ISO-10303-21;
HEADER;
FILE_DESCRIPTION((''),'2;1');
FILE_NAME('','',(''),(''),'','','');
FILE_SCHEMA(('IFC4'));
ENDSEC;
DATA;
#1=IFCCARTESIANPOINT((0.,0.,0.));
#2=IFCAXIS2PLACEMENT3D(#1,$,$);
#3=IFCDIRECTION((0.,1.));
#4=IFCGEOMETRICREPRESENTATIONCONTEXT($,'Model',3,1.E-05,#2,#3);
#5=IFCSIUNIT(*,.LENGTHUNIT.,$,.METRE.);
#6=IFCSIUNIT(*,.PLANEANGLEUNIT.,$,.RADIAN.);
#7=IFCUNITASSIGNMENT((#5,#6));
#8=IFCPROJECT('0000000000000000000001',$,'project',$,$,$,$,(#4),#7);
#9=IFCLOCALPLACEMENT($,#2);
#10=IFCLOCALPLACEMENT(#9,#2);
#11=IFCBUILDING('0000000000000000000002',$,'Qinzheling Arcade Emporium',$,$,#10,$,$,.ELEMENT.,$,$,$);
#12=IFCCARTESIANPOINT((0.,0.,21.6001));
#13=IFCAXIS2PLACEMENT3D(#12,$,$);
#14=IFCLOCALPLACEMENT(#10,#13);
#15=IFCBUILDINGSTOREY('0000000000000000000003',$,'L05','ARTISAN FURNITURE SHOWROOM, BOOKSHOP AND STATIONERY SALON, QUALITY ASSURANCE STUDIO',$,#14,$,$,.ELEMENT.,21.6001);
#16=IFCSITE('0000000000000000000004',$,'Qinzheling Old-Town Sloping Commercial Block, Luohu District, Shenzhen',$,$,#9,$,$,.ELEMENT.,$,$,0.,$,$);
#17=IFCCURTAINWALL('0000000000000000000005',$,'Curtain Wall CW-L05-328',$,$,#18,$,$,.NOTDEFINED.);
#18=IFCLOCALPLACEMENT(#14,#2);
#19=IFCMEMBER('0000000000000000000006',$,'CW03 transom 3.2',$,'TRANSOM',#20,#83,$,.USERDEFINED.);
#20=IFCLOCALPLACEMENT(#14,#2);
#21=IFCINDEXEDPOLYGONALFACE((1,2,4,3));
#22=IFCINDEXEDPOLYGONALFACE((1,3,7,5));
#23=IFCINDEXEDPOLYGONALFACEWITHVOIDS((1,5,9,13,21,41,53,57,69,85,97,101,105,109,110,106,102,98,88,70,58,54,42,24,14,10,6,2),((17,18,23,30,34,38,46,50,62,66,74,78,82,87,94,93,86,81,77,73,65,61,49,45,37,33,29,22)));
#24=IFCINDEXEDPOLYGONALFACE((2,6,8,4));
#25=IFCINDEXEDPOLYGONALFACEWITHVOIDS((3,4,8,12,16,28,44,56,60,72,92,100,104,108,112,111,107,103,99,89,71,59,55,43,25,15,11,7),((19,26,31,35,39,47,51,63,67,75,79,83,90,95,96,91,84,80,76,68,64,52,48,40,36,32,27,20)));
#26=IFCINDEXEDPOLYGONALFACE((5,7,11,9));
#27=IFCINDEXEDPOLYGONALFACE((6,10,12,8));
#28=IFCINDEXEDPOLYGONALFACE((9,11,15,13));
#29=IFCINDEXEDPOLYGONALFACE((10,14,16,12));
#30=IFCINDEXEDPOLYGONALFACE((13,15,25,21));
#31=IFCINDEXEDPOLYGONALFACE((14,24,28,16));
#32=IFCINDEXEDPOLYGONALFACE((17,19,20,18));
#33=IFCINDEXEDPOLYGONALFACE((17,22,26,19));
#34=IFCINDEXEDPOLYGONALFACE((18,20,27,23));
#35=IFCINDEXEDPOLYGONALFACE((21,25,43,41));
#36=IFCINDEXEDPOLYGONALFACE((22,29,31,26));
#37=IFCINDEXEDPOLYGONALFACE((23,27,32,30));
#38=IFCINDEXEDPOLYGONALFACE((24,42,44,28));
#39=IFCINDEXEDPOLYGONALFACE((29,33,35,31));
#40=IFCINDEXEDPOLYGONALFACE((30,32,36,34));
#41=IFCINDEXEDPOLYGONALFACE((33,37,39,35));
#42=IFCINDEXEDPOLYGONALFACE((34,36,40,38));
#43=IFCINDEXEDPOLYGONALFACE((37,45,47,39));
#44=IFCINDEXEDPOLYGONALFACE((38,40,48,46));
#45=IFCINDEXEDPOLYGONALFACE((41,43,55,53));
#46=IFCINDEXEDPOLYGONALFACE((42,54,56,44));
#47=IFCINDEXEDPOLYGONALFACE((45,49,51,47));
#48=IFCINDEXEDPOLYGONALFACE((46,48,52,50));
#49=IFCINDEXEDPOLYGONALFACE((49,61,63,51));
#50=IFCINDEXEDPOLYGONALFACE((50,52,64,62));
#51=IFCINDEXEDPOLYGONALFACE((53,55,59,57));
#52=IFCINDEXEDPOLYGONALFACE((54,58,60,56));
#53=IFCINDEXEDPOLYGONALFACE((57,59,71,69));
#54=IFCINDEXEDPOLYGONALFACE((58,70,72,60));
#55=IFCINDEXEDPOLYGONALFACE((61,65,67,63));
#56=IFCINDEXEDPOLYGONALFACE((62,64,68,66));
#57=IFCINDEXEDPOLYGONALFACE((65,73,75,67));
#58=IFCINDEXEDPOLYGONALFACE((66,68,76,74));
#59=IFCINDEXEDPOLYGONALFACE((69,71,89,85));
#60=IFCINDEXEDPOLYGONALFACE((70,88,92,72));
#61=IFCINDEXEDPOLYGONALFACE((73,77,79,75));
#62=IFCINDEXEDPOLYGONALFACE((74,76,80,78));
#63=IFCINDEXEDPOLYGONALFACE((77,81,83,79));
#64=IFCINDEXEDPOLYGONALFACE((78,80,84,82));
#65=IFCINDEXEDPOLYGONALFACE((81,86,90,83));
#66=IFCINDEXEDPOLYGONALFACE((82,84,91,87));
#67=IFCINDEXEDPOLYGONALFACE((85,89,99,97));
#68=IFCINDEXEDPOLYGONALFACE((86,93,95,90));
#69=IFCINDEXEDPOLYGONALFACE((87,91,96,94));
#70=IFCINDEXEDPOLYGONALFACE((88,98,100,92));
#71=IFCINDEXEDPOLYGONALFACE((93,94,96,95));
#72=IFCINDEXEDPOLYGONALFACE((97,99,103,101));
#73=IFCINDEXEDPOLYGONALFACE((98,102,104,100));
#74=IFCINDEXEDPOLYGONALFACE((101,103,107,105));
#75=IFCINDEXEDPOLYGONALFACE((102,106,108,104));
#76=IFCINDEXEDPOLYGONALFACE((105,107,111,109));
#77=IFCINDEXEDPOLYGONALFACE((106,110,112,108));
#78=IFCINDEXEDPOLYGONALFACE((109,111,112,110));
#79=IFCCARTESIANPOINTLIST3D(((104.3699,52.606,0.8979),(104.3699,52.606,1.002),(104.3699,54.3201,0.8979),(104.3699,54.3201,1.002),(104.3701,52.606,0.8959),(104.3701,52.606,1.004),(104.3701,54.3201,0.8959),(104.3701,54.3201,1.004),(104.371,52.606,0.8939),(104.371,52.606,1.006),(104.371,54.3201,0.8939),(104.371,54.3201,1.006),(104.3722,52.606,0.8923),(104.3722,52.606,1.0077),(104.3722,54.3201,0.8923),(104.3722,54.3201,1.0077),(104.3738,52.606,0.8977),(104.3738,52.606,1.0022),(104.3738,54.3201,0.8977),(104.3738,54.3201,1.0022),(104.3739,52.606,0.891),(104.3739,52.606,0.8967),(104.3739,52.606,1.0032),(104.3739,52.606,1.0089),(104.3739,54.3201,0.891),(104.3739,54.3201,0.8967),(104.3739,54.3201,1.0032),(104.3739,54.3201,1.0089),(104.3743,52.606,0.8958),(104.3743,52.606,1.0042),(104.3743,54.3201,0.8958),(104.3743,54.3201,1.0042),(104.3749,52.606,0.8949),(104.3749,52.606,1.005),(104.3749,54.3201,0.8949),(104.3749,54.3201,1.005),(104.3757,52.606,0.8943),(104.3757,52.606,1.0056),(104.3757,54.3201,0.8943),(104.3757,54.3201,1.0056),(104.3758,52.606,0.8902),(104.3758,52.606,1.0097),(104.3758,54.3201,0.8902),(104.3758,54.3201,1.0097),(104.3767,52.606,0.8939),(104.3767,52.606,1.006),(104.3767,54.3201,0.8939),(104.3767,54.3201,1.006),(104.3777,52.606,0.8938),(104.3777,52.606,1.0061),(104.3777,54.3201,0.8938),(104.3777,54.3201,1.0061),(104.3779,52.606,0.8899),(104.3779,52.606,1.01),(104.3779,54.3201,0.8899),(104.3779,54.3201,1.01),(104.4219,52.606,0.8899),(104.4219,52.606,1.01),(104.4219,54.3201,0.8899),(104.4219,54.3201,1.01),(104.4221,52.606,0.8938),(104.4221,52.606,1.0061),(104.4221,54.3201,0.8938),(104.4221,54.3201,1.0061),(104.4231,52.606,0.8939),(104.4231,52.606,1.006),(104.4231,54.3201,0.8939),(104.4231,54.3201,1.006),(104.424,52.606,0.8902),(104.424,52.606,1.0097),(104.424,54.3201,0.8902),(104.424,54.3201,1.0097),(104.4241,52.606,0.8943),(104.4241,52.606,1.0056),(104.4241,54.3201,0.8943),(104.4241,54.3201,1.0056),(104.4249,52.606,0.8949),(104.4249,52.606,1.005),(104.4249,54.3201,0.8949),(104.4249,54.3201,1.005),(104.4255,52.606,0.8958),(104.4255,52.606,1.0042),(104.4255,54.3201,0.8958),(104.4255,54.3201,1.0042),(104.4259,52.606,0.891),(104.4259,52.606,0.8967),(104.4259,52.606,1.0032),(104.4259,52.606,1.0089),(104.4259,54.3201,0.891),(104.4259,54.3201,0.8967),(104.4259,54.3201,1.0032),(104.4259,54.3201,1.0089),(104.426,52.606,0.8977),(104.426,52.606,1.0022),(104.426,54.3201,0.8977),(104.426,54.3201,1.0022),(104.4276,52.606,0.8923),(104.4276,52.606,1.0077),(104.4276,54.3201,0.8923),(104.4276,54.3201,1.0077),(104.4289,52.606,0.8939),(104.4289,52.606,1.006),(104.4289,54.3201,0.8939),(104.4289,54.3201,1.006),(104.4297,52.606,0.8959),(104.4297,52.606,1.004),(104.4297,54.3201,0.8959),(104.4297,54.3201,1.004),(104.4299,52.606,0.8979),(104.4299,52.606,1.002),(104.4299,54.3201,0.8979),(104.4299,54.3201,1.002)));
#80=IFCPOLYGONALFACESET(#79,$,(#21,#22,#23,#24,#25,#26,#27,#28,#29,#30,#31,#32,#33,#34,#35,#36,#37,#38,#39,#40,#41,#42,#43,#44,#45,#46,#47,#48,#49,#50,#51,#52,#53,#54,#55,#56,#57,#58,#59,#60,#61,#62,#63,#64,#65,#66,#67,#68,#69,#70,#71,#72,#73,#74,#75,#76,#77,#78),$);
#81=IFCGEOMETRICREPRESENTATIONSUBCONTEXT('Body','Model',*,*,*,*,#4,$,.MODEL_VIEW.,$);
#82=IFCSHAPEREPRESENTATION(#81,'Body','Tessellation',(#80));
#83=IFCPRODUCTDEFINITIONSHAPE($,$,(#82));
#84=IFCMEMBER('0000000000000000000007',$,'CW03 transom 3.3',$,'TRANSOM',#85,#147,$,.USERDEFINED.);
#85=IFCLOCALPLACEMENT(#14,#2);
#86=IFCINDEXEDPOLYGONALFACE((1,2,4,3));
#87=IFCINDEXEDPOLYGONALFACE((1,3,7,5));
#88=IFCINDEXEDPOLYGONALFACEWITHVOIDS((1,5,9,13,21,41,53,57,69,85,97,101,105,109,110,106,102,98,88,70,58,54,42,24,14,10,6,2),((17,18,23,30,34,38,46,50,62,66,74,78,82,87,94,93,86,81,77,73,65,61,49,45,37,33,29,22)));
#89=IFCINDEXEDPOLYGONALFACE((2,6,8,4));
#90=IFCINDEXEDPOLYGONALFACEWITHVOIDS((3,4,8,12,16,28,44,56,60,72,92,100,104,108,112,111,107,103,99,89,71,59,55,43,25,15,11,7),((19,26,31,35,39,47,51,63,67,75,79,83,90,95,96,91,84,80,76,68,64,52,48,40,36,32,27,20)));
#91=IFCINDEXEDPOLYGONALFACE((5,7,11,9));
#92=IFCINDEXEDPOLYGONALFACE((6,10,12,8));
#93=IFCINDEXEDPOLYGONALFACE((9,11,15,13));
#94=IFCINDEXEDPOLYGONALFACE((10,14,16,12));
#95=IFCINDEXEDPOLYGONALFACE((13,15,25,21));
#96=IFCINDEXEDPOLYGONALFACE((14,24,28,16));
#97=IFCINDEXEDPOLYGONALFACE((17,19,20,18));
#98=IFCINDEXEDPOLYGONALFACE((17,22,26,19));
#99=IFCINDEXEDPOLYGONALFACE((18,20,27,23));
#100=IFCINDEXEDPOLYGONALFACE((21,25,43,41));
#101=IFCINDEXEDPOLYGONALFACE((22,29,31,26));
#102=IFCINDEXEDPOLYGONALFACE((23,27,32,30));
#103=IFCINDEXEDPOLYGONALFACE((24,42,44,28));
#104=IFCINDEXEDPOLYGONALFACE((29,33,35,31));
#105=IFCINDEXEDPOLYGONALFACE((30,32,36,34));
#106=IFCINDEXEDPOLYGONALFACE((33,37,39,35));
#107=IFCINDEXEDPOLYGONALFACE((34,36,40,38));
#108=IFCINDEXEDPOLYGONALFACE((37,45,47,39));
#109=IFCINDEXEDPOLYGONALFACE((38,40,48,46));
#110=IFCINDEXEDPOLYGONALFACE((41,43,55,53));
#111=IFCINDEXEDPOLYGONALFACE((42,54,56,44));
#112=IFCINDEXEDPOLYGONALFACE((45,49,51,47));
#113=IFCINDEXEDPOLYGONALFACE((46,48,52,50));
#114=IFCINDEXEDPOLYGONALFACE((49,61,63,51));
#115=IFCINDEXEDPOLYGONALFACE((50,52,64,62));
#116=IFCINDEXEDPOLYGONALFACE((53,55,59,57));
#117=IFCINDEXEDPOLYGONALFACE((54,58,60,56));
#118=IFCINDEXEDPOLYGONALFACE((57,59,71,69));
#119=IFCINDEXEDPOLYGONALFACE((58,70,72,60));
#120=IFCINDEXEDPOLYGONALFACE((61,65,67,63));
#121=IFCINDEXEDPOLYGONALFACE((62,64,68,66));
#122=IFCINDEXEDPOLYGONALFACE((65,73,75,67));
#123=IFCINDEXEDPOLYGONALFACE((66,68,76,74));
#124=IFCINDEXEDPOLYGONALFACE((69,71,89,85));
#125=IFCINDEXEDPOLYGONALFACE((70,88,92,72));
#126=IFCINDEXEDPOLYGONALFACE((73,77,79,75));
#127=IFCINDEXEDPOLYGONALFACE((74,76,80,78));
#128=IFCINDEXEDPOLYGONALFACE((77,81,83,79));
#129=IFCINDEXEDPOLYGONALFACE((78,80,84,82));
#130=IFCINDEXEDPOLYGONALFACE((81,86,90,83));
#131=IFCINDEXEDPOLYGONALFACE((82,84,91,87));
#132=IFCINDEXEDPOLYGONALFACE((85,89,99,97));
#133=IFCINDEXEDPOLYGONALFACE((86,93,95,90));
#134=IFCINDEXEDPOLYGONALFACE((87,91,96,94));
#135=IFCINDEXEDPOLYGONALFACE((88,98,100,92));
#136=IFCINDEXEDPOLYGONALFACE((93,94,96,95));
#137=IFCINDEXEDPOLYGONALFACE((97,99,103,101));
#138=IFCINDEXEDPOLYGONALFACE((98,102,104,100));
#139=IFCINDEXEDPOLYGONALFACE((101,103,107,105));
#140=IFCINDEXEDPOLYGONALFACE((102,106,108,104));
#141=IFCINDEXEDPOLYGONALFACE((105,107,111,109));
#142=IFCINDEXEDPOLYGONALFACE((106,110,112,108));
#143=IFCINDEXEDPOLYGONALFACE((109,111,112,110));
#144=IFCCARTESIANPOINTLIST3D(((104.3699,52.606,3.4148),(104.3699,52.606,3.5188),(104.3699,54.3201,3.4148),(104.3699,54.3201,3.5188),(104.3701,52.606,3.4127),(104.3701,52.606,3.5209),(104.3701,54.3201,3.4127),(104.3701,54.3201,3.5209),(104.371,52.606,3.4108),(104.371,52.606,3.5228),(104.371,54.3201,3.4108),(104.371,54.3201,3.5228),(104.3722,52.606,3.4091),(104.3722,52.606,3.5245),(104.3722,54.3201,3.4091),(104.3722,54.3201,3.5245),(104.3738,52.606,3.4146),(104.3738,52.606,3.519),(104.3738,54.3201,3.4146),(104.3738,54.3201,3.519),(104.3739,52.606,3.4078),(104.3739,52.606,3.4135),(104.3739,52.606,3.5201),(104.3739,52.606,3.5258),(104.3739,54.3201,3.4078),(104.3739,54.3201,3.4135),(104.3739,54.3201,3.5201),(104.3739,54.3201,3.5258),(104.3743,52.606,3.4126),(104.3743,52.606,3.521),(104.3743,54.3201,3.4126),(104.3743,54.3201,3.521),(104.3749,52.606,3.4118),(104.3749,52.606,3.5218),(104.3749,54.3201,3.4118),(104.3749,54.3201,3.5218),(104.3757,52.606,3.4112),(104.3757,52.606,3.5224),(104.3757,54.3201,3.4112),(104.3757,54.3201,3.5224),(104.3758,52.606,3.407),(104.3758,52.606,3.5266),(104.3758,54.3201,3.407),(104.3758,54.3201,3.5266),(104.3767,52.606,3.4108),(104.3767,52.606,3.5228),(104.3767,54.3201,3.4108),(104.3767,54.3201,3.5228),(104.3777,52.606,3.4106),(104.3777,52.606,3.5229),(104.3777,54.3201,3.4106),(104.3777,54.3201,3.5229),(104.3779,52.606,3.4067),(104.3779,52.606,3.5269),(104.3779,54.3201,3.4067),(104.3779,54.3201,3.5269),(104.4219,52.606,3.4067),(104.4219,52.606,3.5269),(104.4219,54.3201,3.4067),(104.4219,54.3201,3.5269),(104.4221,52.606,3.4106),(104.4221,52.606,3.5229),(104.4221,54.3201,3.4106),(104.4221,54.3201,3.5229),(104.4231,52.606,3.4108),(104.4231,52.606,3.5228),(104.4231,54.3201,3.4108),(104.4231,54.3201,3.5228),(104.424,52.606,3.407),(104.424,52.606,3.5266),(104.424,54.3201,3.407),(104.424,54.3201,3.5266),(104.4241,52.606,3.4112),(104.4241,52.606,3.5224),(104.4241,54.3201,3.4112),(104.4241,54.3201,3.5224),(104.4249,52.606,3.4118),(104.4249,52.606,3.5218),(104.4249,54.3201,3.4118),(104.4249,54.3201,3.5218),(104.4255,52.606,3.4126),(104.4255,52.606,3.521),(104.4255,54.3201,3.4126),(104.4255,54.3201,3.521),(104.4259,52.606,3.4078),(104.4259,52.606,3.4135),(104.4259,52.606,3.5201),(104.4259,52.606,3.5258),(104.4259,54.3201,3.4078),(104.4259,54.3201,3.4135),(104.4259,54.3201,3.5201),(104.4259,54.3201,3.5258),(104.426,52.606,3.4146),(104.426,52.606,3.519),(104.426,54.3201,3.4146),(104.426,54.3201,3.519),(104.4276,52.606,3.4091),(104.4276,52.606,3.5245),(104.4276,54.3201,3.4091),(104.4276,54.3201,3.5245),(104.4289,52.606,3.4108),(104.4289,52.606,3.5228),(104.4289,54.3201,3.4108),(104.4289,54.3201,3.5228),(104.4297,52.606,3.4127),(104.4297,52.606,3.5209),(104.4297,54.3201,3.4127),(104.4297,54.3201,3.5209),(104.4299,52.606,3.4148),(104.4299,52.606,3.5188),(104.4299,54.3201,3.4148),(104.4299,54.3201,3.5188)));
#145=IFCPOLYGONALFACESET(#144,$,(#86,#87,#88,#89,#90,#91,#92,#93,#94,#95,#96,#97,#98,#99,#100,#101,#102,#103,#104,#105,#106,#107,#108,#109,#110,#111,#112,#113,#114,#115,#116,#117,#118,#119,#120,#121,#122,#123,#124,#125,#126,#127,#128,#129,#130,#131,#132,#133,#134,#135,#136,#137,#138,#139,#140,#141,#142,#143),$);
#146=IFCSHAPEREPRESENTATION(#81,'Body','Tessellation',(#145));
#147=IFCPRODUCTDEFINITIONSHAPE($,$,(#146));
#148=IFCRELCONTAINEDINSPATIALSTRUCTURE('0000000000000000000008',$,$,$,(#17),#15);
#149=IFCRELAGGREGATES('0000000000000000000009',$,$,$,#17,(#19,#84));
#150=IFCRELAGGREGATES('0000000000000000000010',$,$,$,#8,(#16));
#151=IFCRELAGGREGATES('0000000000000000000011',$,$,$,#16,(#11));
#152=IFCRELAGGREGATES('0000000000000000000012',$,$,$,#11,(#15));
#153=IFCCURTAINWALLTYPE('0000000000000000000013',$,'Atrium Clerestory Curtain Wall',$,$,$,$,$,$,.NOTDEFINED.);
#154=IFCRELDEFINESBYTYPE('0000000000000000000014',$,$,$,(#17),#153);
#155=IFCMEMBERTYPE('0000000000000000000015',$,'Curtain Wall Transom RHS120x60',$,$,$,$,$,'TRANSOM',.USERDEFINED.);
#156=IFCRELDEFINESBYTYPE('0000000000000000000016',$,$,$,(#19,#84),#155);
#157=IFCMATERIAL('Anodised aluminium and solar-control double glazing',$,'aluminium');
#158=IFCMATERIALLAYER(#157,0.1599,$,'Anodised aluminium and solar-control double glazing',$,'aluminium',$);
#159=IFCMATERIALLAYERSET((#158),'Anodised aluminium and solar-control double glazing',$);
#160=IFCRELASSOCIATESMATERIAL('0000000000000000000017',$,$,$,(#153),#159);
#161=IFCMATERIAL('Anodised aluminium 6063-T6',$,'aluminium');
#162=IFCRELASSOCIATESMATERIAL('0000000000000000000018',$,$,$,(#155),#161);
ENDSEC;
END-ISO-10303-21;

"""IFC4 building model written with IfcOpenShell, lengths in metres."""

from ifc_helpers import new_model, si_unit, direction, frame, origin, origin_2d, place, context, subcontext, project, spatial, hollow_rectangle, extrude, material, layer, layer_set, material_profile, profile_set, type_object, element, aggregate, save


model = new_model("IFC4")

# Units and contexts
model_context = context("Model", 3, precision=1e-05, world=origin(), true_north=direction((0.0, 1.0)))
body_context = subcontext(model_context, "Body", "Model", "MODEL_VIEW")
ifc_project = project(units=[si_unit("LENGTHUNIT", "METRE"), si_unit("PLANEANGLEUNIT", "RADIAN")], contexts=[model_context])

# Site, building, storey
site_placement = place(None, origin())
site = spatial("IfcSite", under=ifc_project, at=site_placement, Name="Qinzheling Old-Town Sloping Commercial Block, Luohu District, Shenzhen", CompositionType="ELEMENT", RefElevation=0.0)
building_placement = place(site_placement, origin())
building = spatial("IfcBuilding", under=site, at=building_placement, Name="Qinzheling Arcade Emporium", CompositionType="ELEMENT")
storey_placement = place(building_placement, frame((0.0, 0.0, 21.6001)))
storey = spatial("IfcBuildingStorey", under=building, at=storey_placement, Name="L05", Description="ARTISAN FURNITURE SHOWROOM, BOOKSHOP AND STATIONERY SALON, QUALITY ASSURANCE STUDIO", CompositionType="ELEMENT", Elevation=21.6001)

# Curtain wall, members
ifc_material_1 = material(Name="Anodised aluminium and solar-control double glazing", Category="aluminium")
ifc_layer_1 = layer(ifc_material_1, 0.1599, Name="Anodised aluminium and solar-control double glazing", Category="aluminium")
ifc_layer_set_1 = layer_set([ifc_layer_1], Name="Anodised aluminium and solar-control double glazing")
curtain_wall_type = type_object("IfcCurtainWallType", Name="Atrium Clerestory Curtain Wall", PredefinedType="NOTDEFINED", material=ifc_layer_set_1)
curtain_wall_placement = place(storey_placement, origin())
curtain_wall = element("IfcCurtainWall", 1, at=curtain_wall_placement, inside=storey, type_object=curtain_wall_type, Name="Curtain Wall CW-L05-328", PredefinedType="NOTDEFINED")
ifc_material_2 = material(Name="Anodised aluminium 6063-T6", Category="aluminium")
ifc_material_profile_1 = material_profile(ifc_material_2, hollow_rectangle(XDim=0.0601, YDim=0.1201, WallThickness=0.0039, InnerFilletRadius=0.0039, OuterFilletRadius=0.0081, at=origin_2d()), Name="RHS 120x60x4", Category="aluminium")
ifc_profile_set_1 = profile_set([ifc_material_profile_1], Name="Anodised aluminium 6063-T6")
member_type_1 = type_object("IfcMemberType", Name="Curtain Wall Transom RHS120x60", ElementType="TRANSOM", PredefinedType="USERDEFINED", material=ifc_profile_set_1)
member_1_placement = place(storey_placement, frame((104.3999, 54.3201, 0.95), z_axis=(0.0, -1.0, 0.0), x_axis=(1.0, 0.0, 0.0)))
member_1 = element("IfcMember", 2, at=member_1_placement, type_object=member_type_1, Name="CW03 transom 3.2", ObjectType="TRANSOM", PredefinedType="USERDEFINED", context=body_context, shape_type="SweptSolid", body=[
    extrude(hollow_rectangle(XDim=0.0601, YDim=0.1201, WallThickness=0.0039, InnerFilletRadius=0.0039, OuterFilletRadius=0.0081, at=origin_2d()), origin(), (0.0, 0.0, 1.0), 1.7141),
])
member_2_placement = place(storey_placement, frame((104.3999, 54.3201, 3.4668), z_axis=(0.0, -1.0, 0.0), x_axis=(1.0, 0.0, 0.0)))
member_2 = element("IfcMember", 3, at=member_2_placement, type_object=member_type_1, Name="CW03 transom 3.3", ObjectType="TRANSOM", PredefinedType="USERDEFINED", context=body_context, shape_type="SweptSolid", body=[
    extrude(hollow_rectangle(XDim=0.0601, YDim=0.1201, WallThickness=0.0039, InnerFilletRadius=0.0039, OuterFilletRadius=0.0081, at=origin_2d()), origin(), (0.0, 0.0, 1.0), 1.7141),
])
aggregate(curtain_wall, [member_1, member_2])

save(model, "model.ifc")
